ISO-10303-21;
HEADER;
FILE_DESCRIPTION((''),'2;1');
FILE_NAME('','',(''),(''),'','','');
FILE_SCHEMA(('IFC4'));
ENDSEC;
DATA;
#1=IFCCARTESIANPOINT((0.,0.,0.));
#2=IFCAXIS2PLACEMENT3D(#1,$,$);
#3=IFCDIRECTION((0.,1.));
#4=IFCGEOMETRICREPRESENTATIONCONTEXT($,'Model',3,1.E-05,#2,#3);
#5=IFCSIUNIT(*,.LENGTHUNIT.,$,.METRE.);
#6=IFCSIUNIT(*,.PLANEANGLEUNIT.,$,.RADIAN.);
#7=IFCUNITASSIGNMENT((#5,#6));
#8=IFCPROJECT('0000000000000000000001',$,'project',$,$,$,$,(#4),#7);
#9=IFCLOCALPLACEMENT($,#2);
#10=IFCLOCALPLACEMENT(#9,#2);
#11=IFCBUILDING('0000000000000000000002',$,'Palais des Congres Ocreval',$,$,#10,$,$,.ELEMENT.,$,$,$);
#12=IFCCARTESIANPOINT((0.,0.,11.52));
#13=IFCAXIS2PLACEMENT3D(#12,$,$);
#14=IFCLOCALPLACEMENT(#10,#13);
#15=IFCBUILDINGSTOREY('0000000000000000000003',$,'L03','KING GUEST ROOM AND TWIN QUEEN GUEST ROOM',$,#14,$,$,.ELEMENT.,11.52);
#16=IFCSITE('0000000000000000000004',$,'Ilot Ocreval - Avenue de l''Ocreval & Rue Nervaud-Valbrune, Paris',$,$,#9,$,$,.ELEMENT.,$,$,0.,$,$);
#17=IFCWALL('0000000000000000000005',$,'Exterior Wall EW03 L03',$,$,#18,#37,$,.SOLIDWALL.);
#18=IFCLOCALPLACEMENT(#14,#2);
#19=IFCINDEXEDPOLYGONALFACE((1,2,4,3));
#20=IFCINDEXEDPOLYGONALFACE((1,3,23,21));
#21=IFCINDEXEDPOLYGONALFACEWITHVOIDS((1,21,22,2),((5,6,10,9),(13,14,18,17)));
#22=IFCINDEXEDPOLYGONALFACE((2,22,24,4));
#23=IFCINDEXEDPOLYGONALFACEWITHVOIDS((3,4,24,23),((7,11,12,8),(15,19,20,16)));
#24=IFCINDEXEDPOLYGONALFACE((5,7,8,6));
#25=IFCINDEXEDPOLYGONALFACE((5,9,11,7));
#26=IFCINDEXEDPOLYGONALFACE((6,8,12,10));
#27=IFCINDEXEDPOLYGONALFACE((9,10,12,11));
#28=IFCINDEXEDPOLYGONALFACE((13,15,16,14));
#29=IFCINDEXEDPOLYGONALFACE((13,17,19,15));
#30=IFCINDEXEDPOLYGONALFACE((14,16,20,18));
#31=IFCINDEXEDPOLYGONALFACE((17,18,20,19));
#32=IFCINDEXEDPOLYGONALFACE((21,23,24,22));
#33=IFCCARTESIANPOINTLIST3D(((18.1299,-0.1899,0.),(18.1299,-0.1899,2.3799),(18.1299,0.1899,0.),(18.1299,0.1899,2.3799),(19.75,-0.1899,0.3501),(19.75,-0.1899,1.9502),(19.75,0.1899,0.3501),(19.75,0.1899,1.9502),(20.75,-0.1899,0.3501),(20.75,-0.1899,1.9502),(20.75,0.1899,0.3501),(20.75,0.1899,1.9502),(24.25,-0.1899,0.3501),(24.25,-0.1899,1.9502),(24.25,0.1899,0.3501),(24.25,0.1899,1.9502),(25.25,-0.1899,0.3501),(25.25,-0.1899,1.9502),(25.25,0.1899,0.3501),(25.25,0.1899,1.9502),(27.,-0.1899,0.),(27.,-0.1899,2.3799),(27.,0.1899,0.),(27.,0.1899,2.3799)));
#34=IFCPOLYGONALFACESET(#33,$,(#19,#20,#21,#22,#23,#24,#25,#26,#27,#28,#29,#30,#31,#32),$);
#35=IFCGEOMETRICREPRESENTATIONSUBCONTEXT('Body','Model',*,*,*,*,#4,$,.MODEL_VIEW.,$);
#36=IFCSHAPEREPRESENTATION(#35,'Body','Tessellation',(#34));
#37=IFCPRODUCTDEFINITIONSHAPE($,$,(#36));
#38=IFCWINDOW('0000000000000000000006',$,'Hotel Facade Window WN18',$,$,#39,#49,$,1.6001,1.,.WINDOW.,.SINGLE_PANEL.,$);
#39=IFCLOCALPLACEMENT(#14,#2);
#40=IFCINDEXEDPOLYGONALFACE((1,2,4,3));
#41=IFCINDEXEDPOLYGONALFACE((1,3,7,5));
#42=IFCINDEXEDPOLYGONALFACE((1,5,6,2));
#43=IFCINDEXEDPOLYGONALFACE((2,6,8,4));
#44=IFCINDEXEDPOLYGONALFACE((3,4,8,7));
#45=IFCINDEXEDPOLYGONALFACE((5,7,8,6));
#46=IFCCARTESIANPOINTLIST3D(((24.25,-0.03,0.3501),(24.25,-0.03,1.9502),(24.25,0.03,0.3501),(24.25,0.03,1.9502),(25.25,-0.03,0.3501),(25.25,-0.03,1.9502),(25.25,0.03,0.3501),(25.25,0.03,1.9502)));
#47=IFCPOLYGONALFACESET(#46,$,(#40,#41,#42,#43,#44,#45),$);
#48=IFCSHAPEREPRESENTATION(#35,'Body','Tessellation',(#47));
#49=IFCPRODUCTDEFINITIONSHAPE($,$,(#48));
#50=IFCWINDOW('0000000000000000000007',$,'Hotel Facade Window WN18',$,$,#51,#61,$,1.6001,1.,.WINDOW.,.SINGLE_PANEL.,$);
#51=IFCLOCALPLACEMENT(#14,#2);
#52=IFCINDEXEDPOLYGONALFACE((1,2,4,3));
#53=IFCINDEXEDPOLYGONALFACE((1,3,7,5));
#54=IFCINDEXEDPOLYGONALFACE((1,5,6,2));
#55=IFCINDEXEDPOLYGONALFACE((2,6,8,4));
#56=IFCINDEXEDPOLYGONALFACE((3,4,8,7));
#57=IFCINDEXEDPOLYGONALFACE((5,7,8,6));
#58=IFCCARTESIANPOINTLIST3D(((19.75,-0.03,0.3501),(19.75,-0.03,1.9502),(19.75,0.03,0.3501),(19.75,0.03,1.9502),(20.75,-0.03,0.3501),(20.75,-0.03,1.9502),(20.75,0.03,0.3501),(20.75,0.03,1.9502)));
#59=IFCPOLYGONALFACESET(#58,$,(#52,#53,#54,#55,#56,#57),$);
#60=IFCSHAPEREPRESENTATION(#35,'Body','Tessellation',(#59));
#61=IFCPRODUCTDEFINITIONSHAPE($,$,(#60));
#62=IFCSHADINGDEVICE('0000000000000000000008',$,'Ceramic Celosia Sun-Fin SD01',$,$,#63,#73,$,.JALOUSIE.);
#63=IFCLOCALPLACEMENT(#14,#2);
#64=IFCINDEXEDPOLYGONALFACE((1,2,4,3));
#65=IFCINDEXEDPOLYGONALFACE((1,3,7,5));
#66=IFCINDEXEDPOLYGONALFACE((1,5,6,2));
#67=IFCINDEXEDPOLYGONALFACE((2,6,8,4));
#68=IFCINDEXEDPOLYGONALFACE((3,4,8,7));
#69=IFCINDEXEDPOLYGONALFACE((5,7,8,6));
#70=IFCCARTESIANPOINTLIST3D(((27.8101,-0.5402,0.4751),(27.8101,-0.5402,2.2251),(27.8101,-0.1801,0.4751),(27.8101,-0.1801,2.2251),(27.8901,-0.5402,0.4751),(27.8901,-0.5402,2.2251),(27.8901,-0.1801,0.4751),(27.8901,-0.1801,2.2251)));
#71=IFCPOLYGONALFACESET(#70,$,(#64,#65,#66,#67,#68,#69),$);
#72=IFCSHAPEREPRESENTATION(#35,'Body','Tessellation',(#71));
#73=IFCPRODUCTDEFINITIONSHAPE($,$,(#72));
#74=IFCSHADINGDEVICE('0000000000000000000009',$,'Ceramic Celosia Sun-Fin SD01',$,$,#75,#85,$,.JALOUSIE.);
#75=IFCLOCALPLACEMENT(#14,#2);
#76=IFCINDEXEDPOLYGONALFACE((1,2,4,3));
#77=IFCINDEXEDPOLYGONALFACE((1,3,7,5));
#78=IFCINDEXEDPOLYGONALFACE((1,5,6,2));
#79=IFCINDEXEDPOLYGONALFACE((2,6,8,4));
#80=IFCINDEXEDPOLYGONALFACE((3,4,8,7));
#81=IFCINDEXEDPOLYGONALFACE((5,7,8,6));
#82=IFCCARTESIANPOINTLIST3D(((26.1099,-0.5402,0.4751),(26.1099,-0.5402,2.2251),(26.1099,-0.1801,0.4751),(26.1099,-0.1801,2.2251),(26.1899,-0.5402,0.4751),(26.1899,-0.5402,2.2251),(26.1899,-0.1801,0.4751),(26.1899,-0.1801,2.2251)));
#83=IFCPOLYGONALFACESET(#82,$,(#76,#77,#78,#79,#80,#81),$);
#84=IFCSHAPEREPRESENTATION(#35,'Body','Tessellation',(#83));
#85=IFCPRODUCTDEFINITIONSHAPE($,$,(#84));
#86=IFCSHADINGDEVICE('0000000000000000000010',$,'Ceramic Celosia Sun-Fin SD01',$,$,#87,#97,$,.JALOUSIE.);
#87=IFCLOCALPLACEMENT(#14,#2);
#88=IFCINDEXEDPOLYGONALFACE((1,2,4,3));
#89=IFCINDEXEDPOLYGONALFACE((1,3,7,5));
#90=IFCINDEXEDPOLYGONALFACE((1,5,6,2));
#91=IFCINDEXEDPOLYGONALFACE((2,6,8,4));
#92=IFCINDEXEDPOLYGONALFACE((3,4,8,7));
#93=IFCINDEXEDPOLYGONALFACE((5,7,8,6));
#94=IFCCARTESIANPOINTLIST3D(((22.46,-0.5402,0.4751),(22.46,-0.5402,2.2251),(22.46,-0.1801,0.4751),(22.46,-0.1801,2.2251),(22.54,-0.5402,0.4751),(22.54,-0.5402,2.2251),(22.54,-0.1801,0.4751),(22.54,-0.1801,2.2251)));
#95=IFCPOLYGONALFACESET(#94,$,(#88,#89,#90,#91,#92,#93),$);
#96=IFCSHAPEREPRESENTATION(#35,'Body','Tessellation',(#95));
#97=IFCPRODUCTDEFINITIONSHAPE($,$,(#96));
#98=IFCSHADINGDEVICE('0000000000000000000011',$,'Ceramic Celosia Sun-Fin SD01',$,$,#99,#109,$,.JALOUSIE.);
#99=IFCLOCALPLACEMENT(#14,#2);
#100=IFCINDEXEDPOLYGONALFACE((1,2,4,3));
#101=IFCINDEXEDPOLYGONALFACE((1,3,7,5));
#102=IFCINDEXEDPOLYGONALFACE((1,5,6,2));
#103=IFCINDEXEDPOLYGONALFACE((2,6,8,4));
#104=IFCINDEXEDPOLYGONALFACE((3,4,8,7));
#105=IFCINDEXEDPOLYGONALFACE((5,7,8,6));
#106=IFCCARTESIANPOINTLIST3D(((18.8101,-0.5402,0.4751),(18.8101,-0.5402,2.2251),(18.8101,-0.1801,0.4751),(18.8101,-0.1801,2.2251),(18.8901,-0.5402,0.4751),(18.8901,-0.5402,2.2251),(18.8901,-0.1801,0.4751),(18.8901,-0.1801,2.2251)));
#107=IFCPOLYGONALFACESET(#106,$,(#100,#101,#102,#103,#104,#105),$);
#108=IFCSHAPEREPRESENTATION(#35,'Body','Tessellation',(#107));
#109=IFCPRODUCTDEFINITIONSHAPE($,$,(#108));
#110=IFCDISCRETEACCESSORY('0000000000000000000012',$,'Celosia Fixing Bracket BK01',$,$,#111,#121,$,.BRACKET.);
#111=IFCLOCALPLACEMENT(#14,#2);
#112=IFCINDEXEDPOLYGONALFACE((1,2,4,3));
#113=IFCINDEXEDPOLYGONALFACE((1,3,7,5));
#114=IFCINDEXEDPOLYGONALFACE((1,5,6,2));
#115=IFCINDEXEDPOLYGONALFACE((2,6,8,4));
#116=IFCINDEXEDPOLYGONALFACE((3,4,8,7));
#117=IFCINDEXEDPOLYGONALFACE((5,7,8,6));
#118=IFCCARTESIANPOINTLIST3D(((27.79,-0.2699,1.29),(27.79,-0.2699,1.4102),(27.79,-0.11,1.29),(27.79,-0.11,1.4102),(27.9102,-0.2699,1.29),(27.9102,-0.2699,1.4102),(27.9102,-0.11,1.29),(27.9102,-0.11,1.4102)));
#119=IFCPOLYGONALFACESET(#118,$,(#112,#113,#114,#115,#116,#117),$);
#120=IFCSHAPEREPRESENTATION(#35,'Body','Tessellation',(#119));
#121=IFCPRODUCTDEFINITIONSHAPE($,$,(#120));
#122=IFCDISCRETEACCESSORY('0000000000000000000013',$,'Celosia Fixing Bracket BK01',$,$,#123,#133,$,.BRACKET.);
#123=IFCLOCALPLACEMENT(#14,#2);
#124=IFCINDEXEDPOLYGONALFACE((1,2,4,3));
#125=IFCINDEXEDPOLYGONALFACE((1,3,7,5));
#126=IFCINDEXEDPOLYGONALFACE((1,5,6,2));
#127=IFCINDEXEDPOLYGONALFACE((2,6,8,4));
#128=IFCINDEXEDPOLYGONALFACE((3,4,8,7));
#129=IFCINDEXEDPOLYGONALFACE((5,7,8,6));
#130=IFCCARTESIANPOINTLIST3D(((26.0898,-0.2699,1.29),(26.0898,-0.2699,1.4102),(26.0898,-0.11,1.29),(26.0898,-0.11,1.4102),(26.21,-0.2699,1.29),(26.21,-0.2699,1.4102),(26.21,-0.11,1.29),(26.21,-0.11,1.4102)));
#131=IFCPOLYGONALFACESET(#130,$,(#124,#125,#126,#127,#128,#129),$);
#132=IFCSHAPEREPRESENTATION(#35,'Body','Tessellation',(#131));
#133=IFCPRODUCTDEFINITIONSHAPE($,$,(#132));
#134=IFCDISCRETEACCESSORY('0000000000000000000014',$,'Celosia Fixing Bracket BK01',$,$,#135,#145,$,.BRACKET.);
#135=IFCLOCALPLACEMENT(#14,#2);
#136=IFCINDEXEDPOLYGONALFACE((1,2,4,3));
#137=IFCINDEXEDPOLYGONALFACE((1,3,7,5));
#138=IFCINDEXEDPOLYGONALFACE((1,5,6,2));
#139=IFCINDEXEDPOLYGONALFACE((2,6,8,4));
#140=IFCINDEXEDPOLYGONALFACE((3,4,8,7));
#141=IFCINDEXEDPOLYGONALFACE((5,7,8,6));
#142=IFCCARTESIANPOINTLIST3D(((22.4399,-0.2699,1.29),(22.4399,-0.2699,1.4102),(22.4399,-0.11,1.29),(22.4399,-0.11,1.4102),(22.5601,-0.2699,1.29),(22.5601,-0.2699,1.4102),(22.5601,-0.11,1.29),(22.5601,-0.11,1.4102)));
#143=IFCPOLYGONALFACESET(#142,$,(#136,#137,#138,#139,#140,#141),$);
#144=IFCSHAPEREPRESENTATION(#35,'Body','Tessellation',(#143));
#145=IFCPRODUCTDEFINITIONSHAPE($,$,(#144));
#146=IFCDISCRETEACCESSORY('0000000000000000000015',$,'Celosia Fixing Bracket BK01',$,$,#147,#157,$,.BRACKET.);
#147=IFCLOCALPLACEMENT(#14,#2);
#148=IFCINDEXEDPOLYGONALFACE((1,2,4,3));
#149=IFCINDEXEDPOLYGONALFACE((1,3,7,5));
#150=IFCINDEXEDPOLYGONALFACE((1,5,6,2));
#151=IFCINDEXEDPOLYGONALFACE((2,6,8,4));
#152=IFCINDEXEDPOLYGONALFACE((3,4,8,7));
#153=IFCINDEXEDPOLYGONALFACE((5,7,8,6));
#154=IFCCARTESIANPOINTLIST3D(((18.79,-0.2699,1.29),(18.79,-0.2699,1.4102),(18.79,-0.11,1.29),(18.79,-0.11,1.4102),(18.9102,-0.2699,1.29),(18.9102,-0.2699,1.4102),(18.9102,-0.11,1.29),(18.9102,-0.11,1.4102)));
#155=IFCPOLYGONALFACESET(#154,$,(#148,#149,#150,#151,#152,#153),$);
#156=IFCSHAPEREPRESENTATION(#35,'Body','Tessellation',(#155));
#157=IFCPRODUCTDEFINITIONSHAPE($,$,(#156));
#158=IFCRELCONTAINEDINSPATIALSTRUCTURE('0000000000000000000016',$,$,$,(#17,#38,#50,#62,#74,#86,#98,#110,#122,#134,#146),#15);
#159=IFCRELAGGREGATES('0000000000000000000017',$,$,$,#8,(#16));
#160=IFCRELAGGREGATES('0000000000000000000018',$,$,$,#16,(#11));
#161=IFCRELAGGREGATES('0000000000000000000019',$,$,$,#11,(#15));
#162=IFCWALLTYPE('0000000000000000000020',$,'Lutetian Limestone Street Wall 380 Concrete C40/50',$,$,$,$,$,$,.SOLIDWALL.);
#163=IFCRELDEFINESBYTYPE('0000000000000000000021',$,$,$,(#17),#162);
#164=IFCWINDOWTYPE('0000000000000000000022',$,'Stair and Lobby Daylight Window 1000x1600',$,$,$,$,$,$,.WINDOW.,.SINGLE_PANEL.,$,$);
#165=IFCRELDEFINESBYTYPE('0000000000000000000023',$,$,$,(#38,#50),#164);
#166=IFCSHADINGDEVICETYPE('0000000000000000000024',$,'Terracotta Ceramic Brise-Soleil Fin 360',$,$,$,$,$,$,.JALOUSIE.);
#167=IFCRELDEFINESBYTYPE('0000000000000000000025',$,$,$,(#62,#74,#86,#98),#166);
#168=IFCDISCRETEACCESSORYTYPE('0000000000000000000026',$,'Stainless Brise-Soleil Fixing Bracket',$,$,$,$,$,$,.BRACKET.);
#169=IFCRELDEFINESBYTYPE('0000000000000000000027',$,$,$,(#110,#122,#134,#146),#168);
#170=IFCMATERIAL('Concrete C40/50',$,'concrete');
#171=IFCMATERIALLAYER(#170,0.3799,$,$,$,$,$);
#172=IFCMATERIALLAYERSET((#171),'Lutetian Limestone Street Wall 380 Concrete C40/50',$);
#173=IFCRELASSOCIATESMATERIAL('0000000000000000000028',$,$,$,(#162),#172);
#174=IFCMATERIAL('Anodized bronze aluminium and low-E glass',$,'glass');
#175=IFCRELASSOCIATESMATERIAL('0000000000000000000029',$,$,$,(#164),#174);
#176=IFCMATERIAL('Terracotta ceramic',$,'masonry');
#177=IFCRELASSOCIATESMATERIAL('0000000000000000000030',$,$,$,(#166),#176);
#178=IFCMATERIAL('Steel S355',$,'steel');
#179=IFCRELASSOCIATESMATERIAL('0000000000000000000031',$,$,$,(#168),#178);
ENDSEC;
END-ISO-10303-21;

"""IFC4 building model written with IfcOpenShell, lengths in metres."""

from ifc_helpers import new_model, si_unit, direction, frame, frame_2d, origin, origin_2d, place, context, subcontext, project, spatial, rectangle, extrude, material, layer, layer_set, type_object, element, fill, save


model = new_model("IFC4")

# Units and contexts
model_context = context("Model", 3, precision=1e-05, world=origin(), true_north=direction((0.0, 1.0)))
body_context = subcontext(model_context, "Body", "Model", "MODEL_VIEW")
ifc_project = project(units=[si_unit("LENGTHUNIT", "METRE"), si_unit("PLANEANGLEUNIT", "RADIAN")], contexts=[model_context])

# Site, building, storey
site_placement = place(None, origin())
site = spatial("IfcSite", under=ifc_project, at=site_placement, Name="Ilot Ocreval - Avenue de l'Ocreval & Rue Nervaud-Valbrune, Paris", CompositionType="ELEMENT", RefElevation=0.0)
building_placement = place(site_placement, origin())
building = spatial("IfcBuilding", under=site, at=building_placement, Name="Palais des Congres Ocreval", CompositionType="ELEMENT")
storey_placement = place(building_placement, frame((0.0, 0.0, 11.52)))
storey = spatial("IfcBuildingStorey", under=building, at=storey_placement, Name="L03", Description="KING GUEST ROOM AND TWIN QUEEN GUEST ROOM", CompositionType="ELEMENT", Elevation=11.52)

# Shared definitions
ifc_material_1 = material(Name="Steel S355", Category="steel")
ifc_material_2 = material(Name="Concrete C40/50", Category="concrete")

# Wall, openings, windows
ifc_layer_1 = layer(ifc_material_2, 0.3799)
ifc_layer_set_1 = layer_set([ifc_layer_1], Name="Lutetian Limestone Street Wall 380 Concrete C40/50")
wall_type_1 = type_object("IfcWallType", Name="Lutetian Limestone Street Wall 380 Concrete C40/50", PredefinedType="SOLIDWALL", material=ifc_layer_set_1)
wall_1_placement = place(storey_placement, frame((27.0, 0.0, 0.0), z_axis=(0.0, 0.0, 1.0), x_axis=(-1.0, 0.0, 0.0)))
wall_1 = element("IfcWall", 1, at=wall_1_placement, inside=storey, type_object=wall_type_1, Name="Exterior Wall EW03 L03", PredefinedType="SOLIDWALL", context=body_context, shape_type="SweptSolid", body=[
    extrude(rectangle(XDim=8.8701, YDim=0.3799, at=frame_2d((4.4351, 0.0))), origin(), (0.0, 0.0, 1.0), 2.3799),
])
opening_1_placement = place(wall_1_placement, frame((1.75, 0.0, 0.3501)))
opening_1 = element("IfcOpeningElement", 2, at=opening_1_placement, cuts=wall_1, PredefinedType="OPENING", context=body_context, shape_type="SweptSolid", body=[
    extrude(rectangle(XDim=1.0, YDim=1.6001, at=frame_2d((0.5, 0.8))), frame((0.0, 0.2, 0.0), z_axis=(0.0, -1.0, 0.0), x_axis=(1.0, 0.0, 0.0)), (0.0, 0.0, 1.0), 0.3999),
])
opening_2_placement = place(wall_1_placement, frame((6.25, 0.0, 0.3501)))
opening_2 = element("IfcOpeningElement", 3, at=opening_2_placement, cuts=wall_1, PredefinedType="OPENING", context=body_context, shape_type="SweptSolid", body=[
    extrude(rectangle(XDim=1.0, YDim=1.6001, at=frame_2d((0.5, 0.8))), frame((0.0, 0.2, 0.0), z_axis=(0.0, -1.0, 0.0), x_axis=(1.0, 0.0, 0.0)), (0.0, 0.0, 1.0), 0.3999),
])
ifc_material_3 = material(Name="Anodized bronze aluminium and low-E glass", Category="glass")
window_type = type_object("IfcWindowType", Name="Stair and Lobby Daylight Window 1000x1600", PartitioningType="SINGLE_PANEL", PredefinedType="WINDOW", material=ifc_material_3)
window_1_placement = place(opening_1_placement, origin())
window_1 = element("IfcWindow", 4, at=window_1_placement, inside=storey, type_object=window_type, Name="Hotel Facade Window WN18", OverallHeight=1.6001, OverallWidth=1.0, PartitioningType="SINGLE_PANEL", PredefinedType="WINDOW", context=body_context, shape_type="SweptSolid", body=[
    extrude(rectangle(XDim=1.0, YDim=1.6001, at=frame_2d((0.5, 0.8))), frame((0.0, 0.03, 0.0), z_axis=(0.0, -1.0, 0.0), x_axis=(1.0, 0.0, 0.0)), (0.0, 0.0, 1.0), 0.0601),
])
fill(opening_1, window_1)
window_2_placement = place(opening_2_placement, origin())
window_2 = element("IfcWindow", 5, at=window_2_placement, inside=storey, type_object=window_type, Name="Hotel Facade Window WN18", OverallHeight=1.6001, OverallWidth=1.0, PartitioningType="SINGLE_PANEL", PredefinedType="WINDOW", context=body_context, shape_type="SweptSolid", body=[
    extrude(rectangle(XDim=1.0, YDim=1.6001, at=frame_2d((0.5, 0.8))), frame((0.0, 0.03, 0.0), z_axis=(0.0, -1.0, 0.0), x_axis=(1.0, 0.0, 0.0)), (0.0, 0.0, 1.0), 0.0601),
])
fill(opening_2, window_2)

# Shading devices
ifc_material_4 = material(Name="Terracotta ceramic", Category="masonry")
shading_device_type = type_object("IfcShadingDeviceType", Name="Terracotta Ceramic Brise-Soleil Fin 360", PredefinedType="JALOUSIE", material=ifc_material_4)
for number, where, z_axis, x_axis, name in (
    (6, (27.8501, -0.3601, 0.4751), (0.0, 0.0, 1.0), (0.0, -1.0, 0.0), "Ceramic Celosia Sun-Fin SD01"),
    (7, (26.1499, -0.3601, 0.4751), (0.0, 0.0, 1.0), (0.0, -1.0, 0.0), "Ceramic Celosia Sun-Fin SD01"),
    (8, (22.5, -0.3601, 0.4751), (0.0, 0.0, 1.0), (0.0, -1.0, 0.0), "Ceramic Celosia Sun-Fin SD01"),
    (9, (18.8501, -0.3601, 0.4751), (0.0, 0.0, 1.0), (0.0, -1.0, 0.0), "Ceramic Celosia Sun-Fin SD01"),
):
    element("IfcShadingDevice", number, at=place(storey_placement, frame(where, z_axis=z_axis, x_axis=x_axis)), inside=storey, type_object=shading_device_type, Name=name, PredefinedType="JALOUSIE", context=body_context, shape_type="SweptSolid", body=[
        extrude(rectangle(XDim=0.3601, YDim=0.0801, at=origin_2d()), origin(), (0.0, 0.0, 1.0), 1.75),
    ])

# Discrete accessories
discrete_accessory_type = type_object("IfcDiscreteAccessoryType", Name="Stainless Brise-Soleil Fixing Bracket", PredefinedType="BRACKET", material=ifc_material_1)
for number, where, z_axis, x_axis, name in (
    (10, (27.8501, -0.1899, 1.29), (0.0, 0.0, 1.0), (0.0, -1.0, 0.0), "Celosia Fixing Bracket BK01"),
    (11, (26.1499, -0.1899, 1.29), (0.0, 0.0, 1.0), (0.0, -1.0, 0.0), "Celosia Fixing Bracket BK01"),
    (12, (22.5, -0.1899, 1.29), (0.0, 0.0, 1.0), (0.0, -1.0, 0.0), "Celosia Fixing Bracket BK01"),
    (13, (18.8501, -0.1899, 1.29), (0.0, 0.0, 1.0), (0.0, -1.0, 0.0), "Celosia Fixing Bracket BK01"),
):
    element("IfcDiscreteAccessory", number, at=place(storey_placement, frame(where, z_axis=z_axis, x_axis=x_axis)), inside=storey, type_object=discrete_accessory_type, Name=name, PredefinedType="BRACKET", context=body_context, shape_type="SweptSolid", body=[
        extrude(rectangle(XDim=0.1599, YDim=0.1201, at=origin_2d()), origin(), (0.0, 0.0, 1.0), 0.1201),
    ])

save(model, "model.ifc")
